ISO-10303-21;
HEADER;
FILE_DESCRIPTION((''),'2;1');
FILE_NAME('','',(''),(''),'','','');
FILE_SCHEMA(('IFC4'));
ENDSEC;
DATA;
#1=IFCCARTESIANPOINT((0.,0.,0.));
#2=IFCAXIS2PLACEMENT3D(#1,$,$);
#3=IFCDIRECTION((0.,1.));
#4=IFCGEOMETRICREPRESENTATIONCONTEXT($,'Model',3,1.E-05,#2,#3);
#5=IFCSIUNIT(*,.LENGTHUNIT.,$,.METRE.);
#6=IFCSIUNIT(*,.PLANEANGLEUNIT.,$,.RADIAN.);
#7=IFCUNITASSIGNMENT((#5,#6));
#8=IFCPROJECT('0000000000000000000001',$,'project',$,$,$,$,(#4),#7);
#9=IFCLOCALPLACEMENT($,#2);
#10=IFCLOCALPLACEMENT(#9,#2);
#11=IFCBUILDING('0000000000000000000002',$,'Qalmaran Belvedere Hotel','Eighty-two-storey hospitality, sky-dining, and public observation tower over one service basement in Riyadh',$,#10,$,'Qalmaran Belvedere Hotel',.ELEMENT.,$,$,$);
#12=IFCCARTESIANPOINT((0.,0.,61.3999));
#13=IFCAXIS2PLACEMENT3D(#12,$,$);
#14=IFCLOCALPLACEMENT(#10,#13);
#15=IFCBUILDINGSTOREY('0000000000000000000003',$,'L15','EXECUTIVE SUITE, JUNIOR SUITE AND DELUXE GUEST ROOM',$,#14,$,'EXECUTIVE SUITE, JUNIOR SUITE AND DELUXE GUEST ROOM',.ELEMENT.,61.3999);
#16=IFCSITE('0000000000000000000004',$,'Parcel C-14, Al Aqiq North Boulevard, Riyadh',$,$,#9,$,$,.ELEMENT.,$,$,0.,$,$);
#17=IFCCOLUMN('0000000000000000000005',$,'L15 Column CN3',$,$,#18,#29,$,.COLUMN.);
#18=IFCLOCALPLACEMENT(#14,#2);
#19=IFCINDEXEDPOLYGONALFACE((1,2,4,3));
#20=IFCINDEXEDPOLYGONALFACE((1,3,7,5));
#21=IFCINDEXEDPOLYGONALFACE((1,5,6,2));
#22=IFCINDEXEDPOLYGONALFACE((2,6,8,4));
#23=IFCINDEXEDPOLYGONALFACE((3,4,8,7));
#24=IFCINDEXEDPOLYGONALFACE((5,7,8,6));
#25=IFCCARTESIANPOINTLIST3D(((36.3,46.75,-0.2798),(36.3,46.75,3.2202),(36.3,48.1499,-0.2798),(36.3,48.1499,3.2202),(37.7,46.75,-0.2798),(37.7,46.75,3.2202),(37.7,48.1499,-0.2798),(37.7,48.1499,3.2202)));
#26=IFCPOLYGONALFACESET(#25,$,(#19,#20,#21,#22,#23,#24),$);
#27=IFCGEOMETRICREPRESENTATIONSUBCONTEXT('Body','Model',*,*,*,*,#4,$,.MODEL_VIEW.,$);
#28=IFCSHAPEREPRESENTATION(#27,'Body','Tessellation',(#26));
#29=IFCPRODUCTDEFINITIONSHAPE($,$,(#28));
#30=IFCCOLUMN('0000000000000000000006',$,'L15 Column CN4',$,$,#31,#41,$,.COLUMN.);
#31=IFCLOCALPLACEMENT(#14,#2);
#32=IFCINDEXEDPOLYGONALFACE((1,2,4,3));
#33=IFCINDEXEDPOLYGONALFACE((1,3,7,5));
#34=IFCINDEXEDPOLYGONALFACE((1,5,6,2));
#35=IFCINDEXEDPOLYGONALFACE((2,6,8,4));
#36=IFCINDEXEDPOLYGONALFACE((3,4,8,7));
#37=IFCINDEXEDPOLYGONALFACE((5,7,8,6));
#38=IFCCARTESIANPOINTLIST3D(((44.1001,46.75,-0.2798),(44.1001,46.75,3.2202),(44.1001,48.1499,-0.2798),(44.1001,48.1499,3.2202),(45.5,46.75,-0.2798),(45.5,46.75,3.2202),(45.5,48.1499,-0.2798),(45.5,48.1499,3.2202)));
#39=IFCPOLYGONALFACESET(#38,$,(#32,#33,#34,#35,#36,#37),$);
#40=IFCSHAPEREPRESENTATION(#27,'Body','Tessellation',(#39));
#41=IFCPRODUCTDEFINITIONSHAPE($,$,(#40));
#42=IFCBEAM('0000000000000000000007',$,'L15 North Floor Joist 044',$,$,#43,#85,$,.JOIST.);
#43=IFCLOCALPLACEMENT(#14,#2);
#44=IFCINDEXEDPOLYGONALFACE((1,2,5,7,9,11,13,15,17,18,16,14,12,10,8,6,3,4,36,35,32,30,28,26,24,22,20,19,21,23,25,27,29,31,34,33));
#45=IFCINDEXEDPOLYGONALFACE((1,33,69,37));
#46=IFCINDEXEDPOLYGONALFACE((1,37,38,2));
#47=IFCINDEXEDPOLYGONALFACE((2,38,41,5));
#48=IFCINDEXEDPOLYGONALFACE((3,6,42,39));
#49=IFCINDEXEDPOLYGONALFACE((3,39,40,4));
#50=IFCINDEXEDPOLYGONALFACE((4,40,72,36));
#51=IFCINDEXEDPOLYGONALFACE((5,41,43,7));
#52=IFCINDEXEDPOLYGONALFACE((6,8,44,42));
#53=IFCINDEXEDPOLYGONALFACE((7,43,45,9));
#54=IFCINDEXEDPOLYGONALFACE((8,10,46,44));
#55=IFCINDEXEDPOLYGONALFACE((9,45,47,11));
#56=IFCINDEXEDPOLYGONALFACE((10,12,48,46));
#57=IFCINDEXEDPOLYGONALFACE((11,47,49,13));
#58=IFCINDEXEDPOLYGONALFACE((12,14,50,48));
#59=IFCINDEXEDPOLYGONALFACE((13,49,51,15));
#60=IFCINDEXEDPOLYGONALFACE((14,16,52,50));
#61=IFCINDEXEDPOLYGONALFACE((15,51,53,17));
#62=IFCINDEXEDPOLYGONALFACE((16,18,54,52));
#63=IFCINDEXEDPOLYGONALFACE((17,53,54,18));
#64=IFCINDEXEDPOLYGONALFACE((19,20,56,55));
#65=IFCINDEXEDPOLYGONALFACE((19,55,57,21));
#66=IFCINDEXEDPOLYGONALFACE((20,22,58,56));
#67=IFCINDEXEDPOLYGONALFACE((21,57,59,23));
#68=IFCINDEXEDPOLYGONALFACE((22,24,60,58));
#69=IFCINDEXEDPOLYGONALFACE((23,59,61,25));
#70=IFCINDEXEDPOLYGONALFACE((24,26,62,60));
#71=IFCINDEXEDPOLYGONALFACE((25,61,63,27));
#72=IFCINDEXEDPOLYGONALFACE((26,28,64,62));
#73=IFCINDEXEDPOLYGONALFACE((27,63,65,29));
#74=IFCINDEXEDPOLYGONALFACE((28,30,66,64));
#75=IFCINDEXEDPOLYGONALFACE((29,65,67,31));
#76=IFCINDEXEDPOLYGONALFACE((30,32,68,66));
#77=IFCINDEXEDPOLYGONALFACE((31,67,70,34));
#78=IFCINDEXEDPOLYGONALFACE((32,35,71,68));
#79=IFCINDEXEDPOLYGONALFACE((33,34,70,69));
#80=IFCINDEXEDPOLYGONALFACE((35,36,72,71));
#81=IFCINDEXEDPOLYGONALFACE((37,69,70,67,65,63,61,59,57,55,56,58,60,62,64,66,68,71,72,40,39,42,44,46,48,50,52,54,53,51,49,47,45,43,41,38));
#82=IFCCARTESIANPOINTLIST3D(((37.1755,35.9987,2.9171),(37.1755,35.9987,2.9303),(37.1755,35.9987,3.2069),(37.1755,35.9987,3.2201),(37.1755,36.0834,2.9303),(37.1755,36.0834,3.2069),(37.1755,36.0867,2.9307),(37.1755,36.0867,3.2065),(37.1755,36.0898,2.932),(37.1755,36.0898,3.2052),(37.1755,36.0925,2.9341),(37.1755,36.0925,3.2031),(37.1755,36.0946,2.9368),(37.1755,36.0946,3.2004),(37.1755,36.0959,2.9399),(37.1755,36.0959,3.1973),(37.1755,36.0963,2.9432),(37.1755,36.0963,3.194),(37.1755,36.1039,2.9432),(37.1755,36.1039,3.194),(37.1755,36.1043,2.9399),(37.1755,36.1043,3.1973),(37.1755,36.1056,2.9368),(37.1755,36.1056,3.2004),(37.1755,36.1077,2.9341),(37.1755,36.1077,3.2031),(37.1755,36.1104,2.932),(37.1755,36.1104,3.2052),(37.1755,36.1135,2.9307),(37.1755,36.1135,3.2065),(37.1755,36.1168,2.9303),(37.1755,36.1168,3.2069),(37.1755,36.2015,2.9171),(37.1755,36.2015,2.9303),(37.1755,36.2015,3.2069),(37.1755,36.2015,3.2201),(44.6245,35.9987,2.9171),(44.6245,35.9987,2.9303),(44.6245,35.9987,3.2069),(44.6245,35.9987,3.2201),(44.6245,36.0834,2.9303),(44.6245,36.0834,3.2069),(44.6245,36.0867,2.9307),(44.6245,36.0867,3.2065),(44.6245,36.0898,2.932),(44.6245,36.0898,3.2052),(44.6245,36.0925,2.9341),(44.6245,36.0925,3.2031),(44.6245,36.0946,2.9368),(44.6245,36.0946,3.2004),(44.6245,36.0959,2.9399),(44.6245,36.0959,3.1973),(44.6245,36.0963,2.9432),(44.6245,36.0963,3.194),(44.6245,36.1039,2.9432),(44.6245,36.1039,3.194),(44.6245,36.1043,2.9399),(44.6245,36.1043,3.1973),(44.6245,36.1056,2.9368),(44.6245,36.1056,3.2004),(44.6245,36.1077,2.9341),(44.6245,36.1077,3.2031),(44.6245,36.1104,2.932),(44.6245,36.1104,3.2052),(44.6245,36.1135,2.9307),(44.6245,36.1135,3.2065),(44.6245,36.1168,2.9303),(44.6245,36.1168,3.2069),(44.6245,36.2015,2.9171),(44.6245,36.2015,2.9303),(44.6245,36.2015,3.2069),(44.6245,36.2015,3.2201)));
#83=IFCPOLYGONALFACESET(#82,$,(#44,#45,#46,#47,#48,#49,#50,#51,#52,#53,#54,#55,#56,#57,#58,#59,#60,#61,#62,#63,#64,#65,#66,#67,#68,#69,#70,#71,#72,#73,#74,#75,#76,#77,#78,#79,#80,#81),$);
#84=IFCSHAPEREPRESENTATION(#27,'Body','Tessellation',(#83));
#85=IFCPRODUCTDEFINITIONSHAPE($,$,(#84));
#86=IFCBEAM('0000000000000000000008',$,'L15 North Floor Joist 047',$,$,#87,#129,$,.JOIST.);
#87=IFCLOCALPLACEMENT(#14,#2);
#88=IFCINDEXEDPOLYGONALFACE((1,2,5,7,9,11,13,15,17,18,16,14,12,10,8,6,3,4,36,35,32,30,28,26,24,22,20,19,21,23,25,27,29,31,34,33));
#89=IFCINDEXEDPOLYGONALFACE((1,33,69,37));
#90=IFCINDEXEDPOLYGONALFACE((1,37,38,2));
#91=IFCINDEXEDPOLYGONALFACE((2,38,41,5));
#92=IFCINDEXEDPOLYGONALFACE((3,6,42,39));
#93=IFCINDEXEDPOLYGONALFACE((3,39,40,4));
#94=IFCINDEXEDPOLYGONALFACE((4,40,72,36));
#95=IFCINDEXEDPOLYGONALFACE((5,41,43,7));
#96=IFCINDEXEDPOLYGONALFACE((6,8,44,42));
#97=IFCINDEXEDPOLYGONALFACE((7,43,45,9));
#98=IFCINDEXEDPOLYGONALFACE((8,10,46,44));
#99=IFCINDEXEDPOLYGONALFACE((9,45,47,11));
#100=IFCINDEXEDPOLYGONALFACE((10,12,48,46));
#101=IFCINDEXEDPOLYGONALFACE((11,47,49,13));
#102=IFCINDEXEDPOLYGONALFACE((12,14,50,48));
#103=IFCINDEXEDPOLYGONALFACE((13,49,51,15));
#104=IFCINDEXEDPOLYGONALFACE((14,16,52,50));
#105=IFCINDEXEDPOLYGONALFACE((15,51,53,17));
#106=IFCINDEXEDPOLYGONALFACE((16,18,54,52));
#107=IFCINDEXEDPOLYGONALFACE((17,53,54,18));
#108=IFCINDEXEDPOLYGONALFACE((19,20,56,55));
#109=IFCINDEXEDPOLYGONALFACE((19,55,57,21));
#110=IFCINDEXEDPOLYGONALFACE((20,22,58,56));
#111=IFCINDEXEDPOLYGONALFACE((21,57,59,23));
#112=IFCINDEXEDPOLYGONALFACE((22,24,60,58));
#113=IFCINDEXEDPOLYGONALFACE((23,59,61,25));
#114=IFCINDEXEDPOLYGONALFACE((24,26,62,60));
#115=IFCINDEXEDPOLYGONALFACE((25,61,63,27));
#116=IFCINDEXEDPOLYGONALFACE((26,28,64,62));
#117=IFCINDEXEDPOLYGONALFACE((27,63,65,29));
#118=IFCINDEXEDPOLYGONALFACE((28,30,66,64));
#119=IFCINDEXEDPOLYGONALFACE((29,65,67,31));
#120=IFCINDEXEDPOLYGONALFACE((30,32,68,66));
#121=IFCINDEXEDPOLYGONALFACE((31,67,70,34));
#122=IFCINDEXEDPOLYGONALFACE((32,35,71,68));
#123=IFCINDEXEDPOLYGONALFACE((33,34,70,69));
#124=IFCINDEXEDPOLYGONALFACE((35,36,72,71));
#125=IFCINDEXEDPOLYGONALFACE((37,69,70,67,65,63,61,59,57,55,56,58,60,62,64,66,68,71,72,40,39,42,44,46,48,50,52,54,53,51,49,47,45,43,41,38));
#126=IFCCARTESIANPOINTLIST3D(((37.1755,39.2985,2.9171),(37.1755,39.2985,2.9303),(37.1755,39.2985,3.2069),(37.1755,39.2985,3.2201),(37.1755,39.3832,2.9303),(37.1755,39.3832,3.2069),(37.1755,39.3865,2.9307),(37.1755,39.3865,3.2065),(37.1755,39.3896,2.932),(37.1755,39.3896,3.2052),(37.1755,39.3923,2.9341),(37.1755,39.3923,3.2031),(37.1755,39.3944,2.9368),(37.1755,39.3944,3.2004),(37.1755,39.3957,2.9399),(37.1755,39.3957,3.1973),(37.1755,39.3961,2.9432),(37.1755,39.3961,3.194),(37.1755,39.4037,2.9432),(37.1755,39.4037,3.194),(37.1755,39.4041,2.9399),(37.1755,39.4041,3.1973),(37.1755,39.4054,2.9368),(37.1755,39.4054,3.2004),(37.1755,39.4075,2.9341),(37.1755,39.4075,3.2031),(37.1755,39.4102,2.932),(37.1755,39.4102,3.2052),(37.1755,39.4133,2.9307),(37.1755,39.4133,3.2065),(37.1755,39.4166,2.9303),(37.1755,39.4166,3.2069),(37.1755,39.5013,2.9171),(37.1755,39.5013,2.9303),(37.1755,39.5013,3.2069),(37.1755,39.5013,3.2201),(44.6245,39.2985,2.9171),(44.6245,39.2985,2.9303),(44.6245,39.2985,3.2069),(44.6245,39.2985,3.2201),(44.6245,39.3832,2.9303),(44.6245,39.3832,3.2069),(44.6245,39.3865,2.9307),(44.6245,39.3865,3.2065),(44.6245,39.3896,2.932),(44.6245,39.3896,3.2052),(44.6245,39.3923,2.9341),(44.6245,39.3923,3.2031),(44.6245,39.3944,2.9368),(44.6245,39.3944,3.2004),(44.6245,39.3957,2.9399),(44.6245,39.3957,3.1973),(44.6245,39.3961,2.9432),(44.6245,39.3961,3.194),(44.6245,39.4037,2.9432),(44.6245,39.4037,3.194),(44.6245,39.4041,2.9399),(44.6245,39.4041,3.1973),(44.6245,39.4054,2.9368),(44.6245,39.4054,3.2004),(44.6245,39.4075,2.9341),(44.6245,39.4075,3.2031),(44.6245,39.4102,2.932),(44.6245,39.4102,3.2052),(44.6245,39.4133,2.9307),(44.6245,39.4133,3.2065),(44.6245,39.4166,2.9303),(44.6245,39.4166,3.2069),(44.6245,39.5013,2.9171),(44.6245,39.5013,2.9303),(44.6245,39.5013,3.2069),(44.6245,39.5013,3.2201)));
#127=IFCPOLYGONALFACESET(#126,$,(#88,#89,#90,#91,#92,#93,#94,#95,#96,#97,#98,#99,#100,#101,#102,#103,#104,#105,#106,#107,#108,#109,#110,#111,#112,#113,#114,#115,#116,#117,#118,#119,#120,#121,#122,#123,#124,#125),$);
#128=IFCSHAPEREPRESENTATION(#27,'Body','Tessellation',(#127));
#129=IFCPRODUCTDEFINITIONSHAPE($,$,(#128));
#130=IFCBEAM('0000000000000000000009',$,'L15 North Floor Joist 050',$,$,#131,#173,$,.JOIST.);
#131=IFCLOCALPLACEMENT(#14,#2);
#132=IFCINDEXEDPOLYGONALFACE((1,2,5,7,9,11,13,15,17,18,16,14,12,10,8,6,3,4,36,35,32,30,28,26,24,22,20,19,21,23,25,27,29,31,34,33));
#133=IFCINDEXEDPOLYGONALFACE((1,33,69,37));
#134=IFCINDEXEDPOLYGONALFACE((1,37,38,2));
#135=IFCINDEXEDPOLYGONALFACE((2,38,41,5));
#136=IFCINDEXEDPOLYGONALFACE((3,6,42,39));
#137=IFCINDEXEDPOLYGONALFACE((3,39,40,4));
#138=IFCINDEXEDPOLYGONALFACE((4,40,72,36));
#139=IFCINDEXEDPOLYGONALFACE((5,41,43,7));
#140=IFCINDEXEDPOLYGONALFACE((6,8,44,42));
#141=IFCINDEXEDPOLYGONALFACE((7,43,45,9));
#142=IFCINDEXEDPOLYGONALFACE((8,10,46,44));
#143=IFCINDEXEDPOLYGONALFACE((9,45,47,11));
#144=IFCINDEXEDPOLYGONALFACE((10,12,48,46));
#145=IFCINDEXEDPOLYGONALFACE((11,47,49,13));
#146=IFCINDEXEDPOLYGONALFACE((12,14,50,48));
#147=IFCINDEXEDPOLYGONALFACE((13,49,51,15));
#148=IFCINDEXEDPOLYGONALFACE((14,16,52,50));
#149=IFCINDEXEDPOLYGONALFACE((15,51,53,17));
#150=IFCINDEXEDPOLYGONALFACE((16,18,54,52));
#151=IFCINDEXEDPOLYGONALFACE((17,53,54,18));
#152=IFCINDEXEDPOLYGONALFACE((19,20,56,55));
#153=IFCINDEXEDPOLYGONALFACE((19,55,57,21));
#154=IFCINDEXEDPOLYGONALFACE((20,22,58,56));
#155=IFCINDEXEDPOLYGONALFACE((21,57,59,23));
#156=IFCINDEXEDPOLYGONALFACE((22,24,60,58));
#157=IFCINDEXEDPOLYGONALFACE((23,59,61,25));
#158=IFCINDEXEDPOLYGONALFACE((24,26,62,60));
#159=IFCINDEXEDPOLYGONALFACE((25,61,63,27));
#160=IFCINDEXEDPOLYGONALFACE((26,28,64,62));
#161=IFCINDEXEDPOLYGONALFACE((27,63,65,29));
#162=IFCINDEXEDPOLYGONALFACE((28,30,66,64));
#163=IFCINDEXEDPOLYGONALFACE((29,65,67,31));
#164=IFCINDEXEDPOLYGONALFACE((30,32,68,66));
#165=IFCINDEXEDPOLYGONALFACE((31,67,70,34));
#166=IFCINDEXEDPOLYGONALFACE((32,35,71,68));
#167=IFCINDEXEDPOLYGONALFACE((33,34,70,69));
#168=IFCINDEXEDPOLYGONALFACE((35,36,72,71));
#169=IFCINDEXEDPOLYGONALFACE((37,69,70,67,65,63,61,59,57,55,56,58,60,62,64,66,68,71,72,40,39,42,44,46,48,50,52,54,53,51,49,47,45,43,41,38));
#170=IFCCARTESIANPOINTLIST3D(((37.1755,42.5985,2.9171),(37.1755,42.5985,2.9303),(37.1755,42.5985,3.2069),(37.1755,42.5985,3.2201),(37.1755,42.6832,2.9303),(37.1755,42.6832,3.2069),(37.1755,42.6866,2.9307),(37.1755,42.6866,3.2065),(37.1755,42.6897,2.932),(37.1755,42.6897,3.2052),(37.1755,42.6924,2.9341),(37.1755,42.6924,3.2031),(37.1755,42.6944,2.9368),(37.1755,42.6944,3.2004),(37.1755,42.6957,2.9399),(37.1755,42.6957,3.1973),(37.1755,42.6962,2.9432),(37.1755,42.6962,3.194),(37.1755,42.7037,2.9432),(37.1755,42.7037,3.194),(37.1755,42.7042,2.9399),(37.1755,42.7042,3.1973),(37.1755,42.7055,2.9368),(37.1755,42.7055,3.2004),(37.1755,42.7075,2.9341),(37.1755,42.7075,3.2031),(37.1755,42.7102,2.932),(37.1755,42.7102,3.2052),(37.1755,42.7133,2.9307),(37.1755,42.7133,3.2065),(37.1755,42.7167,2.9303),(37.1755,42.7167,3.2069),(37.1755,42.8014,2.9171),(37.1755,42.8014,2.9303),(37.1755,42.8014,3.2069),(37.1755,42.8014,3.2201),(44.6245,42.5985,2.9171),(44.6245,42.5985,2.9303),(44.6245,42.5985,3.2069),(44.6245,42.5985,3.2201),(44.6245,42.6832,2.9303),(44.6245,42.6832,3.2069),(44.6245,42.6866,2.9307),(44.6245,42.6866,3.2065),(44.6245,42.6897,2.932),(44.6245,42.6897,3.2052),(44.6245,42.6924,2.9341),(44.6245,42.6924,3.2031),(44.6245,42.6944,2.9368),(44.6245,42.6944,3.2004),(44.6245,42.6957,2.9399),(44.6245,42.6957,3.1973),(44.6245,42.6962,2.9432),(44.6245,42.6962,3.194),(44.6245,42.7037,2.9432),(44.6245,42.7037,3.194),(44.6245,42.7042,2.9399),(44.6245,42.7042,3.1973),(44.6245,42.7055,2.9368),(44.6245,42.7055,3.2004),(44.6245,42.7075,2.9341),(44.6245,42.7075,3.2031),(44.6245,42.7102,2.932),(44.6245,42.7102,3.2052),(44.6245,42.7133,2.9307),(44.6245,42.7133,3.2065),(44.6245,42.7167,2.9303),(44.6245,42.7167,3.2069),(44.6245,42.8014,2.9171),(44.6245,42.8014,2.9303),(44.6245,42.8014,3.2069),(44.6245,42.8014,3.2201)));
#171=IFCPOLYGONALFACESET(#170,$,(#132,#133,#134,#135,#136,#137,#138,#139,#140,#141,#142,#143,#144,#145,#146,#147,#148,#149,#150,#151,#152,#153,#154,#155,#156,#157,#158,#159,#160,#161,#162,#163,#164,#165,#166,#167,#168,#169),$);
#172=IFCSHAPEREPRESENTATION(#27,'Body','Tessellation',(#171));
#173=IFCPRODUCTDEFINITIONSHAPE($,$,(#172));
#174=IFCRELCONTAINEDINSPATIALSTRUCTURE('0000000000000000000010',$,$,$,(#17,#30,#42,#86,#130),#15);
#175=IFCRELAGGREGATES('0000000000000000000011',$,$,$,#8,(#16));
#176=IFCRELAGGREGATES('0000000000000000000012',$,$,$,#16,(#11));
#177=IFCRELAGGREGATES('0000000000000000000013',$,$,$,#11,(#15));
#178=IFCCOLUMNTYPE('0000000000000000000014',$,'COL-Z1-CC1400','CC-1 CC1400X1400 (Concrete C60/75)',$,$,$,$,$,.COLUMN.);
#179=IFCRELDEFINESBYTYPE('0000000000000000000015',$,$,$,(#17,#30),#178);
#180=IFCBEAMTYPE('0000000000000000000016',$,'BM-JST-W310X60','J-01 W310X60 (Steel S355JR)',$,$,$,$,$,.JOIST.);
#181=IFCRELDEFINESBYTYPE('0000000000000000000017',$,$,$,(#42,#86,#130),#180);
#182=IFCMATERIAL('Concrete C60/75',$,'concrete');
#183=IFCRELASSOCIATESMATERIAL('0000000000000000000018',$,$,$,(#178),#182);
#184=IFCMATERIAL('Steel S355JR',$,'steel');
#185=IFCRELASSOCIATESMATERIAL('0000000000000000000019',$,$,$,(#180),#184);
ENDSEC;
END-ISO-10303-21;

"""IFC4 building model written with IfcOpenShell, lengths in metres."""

from ifc_helpers import new_model, si_unit, direction, frame, origin, origin_2d, place, context, subcontext, project, spatial, rectangle, i_section, extrude, material, material_profile, profile_set, type_object, element, save


model = new_model("IFC4")

# Units and contexts
model_context = context("Model", 3, precision=1e-05, world=origin(), true_north=direction((0.0, 1.0)))
body_context = subcontext(model_context, "Body", "Model", "MODEL_VIEW")
ifc_project = project(units=[si_unit("LENGTHUNIT", "METRE"), si_unit("PLANEANGLEUNIT", "RADIAN")], contexts=[model_context])

# Site, building, storey
site_placement = place(None, origin())
site = spatial("IfcSite", under=ifc_project, at=site_placement, Name="Parcel C-14, Al Aqiq North Boulevard, Riyadh", CompositionType="ELEMENT", RefElevation=0.0)
building_placement = place(site_placement, origin())
building = spatial("IfcBuilding", under=site, at=building_placement, Name="Qalmaran Belvedere Hotel", Description="Eighty-two-storey hospitality, sky-dining, and public observation tower over one service basement in Riyadh", LongName="Qalmaran Belvedere Hotel", CompositionType="ELEMENT")
storey_placement = place(building_placement, frame((0.0, 0.0, 61.3999)))
storey = spatial("IfcBuildingStorey", under=building, at=storey_placement, Name="L15", Description="EXECUTIVE SUITE, JUNIOR SUITE AND DELUXE GUEST ROOM", LongName="EXECUTIVE SUITE, JUNIOR SUITE AND DELUXE GUEST ROOM", CompositionType="ELEMENT", Elevation=61.3999)

# Columns
ifc_material_1 = material(Name="Concrete C60/75", Category="concrete")
ifc_material_profile_1 = material_profile(ifc_material_1, rectangle(XDim=1.3999, YDim=1.3999, at=origin_2d()), Name="CC1400X1400")
ifc_profile_set_1 = profile_set([ifc_material_profile_1], Name="Concrete C60/75")
column_type = type_object("IfcColumnType", Name="COL-Z1-CC1400", Description="CC-1 CC1400X1400 (Concrete C60/75)", PredefinedType="COLUMN", material=ifc_profile_set_1)
for number, where, z_axis, x_axis, name in (
    (1, (37.0, 47.45, -0.2798), (0.0, 0.0, 1.0), (1.0, 0.0, 0.0), "L15 Column CN3"),
    (2, (44.8, 47.45, -0.2798), (0.0, 0.0, 1.0), (1.0, 0.0, 0.0), "L15 Column CN4"),
):
    element("IfcColumn", number, at=place(storey_placement, frame(where, z_axis=z_axis, x_axis=x_axis)), inside=storey, type_object=column_type, Name=name, PredefinedType="COLUMN", context=body_context, shape_type="SweptSolid", body=[
        extrude(rectangle(XDim=1.3999, YDim=1.3999, at=origin_2d()), origin(), (0.0, 0.0, 1.0), 3.5),
    ])

# Beams
ifc_material_2 = material(Name="Steel S355JR", Category="steel")
ifc_material_profile_2 = material_profile(ifc_material_2, i_section(OverallWidth=0.2029, OverallDepth=0.303, WebThickness=0.0076, FlangeThickness=0.0132, FilletRadius=0.0129, at=origin_2d()), Name="W310X60")
ifc_profile_set_2 = profile_set([ifc_material_profile_2], Name="Steel S355JR")
beam_type_1 = type_object("IfcBeamType", Name="BM-JST-W310X60", Description="J-01 W310X60 (Steel S355JR)", PredefinedType="JOIST", material=ifc_profile_set_2)
for number, where, z_axis, x_axis, name in (
    (3, (37.1755, 36.1001, 3.0686), (1.0, 0.0, 0.0), (0.0, 1.0, 0.0), "L15 North Floor Joist 044"),
    (4, (37.1755, 39.3999, 3.0686), (1.0, 0.0, 0.0), (0.0, 1.0, 0.0), "L15 North Floor Joist 047"),
    (5, (37.1755, 42.7, 3.0686), (1.0, 0.0, 0.0), (0.0, 1.0, 0.0), "L15 North Floor Joist 050"),
):
    element("IfcBeam", number, at=place(storey_placement, frame(where, z_axis=z_axis, x_axis=x_axis)), inside=storey, type_object=beam_type_1, Name=name, PredefinedType="JOIST", context=body_context, shape_type="SweptSolid", body=[
        extrude(i_section(OverallWidth=0.2029, OverallDepth=0.303, WebThickness=0.0076, FlangeThickness=0.0132, FilletRadius=0.0129, at=origin_2d()), origin(), (0.0, 0.0, 1.0), 7.449),
    ])

save(model, "model.ifc")
